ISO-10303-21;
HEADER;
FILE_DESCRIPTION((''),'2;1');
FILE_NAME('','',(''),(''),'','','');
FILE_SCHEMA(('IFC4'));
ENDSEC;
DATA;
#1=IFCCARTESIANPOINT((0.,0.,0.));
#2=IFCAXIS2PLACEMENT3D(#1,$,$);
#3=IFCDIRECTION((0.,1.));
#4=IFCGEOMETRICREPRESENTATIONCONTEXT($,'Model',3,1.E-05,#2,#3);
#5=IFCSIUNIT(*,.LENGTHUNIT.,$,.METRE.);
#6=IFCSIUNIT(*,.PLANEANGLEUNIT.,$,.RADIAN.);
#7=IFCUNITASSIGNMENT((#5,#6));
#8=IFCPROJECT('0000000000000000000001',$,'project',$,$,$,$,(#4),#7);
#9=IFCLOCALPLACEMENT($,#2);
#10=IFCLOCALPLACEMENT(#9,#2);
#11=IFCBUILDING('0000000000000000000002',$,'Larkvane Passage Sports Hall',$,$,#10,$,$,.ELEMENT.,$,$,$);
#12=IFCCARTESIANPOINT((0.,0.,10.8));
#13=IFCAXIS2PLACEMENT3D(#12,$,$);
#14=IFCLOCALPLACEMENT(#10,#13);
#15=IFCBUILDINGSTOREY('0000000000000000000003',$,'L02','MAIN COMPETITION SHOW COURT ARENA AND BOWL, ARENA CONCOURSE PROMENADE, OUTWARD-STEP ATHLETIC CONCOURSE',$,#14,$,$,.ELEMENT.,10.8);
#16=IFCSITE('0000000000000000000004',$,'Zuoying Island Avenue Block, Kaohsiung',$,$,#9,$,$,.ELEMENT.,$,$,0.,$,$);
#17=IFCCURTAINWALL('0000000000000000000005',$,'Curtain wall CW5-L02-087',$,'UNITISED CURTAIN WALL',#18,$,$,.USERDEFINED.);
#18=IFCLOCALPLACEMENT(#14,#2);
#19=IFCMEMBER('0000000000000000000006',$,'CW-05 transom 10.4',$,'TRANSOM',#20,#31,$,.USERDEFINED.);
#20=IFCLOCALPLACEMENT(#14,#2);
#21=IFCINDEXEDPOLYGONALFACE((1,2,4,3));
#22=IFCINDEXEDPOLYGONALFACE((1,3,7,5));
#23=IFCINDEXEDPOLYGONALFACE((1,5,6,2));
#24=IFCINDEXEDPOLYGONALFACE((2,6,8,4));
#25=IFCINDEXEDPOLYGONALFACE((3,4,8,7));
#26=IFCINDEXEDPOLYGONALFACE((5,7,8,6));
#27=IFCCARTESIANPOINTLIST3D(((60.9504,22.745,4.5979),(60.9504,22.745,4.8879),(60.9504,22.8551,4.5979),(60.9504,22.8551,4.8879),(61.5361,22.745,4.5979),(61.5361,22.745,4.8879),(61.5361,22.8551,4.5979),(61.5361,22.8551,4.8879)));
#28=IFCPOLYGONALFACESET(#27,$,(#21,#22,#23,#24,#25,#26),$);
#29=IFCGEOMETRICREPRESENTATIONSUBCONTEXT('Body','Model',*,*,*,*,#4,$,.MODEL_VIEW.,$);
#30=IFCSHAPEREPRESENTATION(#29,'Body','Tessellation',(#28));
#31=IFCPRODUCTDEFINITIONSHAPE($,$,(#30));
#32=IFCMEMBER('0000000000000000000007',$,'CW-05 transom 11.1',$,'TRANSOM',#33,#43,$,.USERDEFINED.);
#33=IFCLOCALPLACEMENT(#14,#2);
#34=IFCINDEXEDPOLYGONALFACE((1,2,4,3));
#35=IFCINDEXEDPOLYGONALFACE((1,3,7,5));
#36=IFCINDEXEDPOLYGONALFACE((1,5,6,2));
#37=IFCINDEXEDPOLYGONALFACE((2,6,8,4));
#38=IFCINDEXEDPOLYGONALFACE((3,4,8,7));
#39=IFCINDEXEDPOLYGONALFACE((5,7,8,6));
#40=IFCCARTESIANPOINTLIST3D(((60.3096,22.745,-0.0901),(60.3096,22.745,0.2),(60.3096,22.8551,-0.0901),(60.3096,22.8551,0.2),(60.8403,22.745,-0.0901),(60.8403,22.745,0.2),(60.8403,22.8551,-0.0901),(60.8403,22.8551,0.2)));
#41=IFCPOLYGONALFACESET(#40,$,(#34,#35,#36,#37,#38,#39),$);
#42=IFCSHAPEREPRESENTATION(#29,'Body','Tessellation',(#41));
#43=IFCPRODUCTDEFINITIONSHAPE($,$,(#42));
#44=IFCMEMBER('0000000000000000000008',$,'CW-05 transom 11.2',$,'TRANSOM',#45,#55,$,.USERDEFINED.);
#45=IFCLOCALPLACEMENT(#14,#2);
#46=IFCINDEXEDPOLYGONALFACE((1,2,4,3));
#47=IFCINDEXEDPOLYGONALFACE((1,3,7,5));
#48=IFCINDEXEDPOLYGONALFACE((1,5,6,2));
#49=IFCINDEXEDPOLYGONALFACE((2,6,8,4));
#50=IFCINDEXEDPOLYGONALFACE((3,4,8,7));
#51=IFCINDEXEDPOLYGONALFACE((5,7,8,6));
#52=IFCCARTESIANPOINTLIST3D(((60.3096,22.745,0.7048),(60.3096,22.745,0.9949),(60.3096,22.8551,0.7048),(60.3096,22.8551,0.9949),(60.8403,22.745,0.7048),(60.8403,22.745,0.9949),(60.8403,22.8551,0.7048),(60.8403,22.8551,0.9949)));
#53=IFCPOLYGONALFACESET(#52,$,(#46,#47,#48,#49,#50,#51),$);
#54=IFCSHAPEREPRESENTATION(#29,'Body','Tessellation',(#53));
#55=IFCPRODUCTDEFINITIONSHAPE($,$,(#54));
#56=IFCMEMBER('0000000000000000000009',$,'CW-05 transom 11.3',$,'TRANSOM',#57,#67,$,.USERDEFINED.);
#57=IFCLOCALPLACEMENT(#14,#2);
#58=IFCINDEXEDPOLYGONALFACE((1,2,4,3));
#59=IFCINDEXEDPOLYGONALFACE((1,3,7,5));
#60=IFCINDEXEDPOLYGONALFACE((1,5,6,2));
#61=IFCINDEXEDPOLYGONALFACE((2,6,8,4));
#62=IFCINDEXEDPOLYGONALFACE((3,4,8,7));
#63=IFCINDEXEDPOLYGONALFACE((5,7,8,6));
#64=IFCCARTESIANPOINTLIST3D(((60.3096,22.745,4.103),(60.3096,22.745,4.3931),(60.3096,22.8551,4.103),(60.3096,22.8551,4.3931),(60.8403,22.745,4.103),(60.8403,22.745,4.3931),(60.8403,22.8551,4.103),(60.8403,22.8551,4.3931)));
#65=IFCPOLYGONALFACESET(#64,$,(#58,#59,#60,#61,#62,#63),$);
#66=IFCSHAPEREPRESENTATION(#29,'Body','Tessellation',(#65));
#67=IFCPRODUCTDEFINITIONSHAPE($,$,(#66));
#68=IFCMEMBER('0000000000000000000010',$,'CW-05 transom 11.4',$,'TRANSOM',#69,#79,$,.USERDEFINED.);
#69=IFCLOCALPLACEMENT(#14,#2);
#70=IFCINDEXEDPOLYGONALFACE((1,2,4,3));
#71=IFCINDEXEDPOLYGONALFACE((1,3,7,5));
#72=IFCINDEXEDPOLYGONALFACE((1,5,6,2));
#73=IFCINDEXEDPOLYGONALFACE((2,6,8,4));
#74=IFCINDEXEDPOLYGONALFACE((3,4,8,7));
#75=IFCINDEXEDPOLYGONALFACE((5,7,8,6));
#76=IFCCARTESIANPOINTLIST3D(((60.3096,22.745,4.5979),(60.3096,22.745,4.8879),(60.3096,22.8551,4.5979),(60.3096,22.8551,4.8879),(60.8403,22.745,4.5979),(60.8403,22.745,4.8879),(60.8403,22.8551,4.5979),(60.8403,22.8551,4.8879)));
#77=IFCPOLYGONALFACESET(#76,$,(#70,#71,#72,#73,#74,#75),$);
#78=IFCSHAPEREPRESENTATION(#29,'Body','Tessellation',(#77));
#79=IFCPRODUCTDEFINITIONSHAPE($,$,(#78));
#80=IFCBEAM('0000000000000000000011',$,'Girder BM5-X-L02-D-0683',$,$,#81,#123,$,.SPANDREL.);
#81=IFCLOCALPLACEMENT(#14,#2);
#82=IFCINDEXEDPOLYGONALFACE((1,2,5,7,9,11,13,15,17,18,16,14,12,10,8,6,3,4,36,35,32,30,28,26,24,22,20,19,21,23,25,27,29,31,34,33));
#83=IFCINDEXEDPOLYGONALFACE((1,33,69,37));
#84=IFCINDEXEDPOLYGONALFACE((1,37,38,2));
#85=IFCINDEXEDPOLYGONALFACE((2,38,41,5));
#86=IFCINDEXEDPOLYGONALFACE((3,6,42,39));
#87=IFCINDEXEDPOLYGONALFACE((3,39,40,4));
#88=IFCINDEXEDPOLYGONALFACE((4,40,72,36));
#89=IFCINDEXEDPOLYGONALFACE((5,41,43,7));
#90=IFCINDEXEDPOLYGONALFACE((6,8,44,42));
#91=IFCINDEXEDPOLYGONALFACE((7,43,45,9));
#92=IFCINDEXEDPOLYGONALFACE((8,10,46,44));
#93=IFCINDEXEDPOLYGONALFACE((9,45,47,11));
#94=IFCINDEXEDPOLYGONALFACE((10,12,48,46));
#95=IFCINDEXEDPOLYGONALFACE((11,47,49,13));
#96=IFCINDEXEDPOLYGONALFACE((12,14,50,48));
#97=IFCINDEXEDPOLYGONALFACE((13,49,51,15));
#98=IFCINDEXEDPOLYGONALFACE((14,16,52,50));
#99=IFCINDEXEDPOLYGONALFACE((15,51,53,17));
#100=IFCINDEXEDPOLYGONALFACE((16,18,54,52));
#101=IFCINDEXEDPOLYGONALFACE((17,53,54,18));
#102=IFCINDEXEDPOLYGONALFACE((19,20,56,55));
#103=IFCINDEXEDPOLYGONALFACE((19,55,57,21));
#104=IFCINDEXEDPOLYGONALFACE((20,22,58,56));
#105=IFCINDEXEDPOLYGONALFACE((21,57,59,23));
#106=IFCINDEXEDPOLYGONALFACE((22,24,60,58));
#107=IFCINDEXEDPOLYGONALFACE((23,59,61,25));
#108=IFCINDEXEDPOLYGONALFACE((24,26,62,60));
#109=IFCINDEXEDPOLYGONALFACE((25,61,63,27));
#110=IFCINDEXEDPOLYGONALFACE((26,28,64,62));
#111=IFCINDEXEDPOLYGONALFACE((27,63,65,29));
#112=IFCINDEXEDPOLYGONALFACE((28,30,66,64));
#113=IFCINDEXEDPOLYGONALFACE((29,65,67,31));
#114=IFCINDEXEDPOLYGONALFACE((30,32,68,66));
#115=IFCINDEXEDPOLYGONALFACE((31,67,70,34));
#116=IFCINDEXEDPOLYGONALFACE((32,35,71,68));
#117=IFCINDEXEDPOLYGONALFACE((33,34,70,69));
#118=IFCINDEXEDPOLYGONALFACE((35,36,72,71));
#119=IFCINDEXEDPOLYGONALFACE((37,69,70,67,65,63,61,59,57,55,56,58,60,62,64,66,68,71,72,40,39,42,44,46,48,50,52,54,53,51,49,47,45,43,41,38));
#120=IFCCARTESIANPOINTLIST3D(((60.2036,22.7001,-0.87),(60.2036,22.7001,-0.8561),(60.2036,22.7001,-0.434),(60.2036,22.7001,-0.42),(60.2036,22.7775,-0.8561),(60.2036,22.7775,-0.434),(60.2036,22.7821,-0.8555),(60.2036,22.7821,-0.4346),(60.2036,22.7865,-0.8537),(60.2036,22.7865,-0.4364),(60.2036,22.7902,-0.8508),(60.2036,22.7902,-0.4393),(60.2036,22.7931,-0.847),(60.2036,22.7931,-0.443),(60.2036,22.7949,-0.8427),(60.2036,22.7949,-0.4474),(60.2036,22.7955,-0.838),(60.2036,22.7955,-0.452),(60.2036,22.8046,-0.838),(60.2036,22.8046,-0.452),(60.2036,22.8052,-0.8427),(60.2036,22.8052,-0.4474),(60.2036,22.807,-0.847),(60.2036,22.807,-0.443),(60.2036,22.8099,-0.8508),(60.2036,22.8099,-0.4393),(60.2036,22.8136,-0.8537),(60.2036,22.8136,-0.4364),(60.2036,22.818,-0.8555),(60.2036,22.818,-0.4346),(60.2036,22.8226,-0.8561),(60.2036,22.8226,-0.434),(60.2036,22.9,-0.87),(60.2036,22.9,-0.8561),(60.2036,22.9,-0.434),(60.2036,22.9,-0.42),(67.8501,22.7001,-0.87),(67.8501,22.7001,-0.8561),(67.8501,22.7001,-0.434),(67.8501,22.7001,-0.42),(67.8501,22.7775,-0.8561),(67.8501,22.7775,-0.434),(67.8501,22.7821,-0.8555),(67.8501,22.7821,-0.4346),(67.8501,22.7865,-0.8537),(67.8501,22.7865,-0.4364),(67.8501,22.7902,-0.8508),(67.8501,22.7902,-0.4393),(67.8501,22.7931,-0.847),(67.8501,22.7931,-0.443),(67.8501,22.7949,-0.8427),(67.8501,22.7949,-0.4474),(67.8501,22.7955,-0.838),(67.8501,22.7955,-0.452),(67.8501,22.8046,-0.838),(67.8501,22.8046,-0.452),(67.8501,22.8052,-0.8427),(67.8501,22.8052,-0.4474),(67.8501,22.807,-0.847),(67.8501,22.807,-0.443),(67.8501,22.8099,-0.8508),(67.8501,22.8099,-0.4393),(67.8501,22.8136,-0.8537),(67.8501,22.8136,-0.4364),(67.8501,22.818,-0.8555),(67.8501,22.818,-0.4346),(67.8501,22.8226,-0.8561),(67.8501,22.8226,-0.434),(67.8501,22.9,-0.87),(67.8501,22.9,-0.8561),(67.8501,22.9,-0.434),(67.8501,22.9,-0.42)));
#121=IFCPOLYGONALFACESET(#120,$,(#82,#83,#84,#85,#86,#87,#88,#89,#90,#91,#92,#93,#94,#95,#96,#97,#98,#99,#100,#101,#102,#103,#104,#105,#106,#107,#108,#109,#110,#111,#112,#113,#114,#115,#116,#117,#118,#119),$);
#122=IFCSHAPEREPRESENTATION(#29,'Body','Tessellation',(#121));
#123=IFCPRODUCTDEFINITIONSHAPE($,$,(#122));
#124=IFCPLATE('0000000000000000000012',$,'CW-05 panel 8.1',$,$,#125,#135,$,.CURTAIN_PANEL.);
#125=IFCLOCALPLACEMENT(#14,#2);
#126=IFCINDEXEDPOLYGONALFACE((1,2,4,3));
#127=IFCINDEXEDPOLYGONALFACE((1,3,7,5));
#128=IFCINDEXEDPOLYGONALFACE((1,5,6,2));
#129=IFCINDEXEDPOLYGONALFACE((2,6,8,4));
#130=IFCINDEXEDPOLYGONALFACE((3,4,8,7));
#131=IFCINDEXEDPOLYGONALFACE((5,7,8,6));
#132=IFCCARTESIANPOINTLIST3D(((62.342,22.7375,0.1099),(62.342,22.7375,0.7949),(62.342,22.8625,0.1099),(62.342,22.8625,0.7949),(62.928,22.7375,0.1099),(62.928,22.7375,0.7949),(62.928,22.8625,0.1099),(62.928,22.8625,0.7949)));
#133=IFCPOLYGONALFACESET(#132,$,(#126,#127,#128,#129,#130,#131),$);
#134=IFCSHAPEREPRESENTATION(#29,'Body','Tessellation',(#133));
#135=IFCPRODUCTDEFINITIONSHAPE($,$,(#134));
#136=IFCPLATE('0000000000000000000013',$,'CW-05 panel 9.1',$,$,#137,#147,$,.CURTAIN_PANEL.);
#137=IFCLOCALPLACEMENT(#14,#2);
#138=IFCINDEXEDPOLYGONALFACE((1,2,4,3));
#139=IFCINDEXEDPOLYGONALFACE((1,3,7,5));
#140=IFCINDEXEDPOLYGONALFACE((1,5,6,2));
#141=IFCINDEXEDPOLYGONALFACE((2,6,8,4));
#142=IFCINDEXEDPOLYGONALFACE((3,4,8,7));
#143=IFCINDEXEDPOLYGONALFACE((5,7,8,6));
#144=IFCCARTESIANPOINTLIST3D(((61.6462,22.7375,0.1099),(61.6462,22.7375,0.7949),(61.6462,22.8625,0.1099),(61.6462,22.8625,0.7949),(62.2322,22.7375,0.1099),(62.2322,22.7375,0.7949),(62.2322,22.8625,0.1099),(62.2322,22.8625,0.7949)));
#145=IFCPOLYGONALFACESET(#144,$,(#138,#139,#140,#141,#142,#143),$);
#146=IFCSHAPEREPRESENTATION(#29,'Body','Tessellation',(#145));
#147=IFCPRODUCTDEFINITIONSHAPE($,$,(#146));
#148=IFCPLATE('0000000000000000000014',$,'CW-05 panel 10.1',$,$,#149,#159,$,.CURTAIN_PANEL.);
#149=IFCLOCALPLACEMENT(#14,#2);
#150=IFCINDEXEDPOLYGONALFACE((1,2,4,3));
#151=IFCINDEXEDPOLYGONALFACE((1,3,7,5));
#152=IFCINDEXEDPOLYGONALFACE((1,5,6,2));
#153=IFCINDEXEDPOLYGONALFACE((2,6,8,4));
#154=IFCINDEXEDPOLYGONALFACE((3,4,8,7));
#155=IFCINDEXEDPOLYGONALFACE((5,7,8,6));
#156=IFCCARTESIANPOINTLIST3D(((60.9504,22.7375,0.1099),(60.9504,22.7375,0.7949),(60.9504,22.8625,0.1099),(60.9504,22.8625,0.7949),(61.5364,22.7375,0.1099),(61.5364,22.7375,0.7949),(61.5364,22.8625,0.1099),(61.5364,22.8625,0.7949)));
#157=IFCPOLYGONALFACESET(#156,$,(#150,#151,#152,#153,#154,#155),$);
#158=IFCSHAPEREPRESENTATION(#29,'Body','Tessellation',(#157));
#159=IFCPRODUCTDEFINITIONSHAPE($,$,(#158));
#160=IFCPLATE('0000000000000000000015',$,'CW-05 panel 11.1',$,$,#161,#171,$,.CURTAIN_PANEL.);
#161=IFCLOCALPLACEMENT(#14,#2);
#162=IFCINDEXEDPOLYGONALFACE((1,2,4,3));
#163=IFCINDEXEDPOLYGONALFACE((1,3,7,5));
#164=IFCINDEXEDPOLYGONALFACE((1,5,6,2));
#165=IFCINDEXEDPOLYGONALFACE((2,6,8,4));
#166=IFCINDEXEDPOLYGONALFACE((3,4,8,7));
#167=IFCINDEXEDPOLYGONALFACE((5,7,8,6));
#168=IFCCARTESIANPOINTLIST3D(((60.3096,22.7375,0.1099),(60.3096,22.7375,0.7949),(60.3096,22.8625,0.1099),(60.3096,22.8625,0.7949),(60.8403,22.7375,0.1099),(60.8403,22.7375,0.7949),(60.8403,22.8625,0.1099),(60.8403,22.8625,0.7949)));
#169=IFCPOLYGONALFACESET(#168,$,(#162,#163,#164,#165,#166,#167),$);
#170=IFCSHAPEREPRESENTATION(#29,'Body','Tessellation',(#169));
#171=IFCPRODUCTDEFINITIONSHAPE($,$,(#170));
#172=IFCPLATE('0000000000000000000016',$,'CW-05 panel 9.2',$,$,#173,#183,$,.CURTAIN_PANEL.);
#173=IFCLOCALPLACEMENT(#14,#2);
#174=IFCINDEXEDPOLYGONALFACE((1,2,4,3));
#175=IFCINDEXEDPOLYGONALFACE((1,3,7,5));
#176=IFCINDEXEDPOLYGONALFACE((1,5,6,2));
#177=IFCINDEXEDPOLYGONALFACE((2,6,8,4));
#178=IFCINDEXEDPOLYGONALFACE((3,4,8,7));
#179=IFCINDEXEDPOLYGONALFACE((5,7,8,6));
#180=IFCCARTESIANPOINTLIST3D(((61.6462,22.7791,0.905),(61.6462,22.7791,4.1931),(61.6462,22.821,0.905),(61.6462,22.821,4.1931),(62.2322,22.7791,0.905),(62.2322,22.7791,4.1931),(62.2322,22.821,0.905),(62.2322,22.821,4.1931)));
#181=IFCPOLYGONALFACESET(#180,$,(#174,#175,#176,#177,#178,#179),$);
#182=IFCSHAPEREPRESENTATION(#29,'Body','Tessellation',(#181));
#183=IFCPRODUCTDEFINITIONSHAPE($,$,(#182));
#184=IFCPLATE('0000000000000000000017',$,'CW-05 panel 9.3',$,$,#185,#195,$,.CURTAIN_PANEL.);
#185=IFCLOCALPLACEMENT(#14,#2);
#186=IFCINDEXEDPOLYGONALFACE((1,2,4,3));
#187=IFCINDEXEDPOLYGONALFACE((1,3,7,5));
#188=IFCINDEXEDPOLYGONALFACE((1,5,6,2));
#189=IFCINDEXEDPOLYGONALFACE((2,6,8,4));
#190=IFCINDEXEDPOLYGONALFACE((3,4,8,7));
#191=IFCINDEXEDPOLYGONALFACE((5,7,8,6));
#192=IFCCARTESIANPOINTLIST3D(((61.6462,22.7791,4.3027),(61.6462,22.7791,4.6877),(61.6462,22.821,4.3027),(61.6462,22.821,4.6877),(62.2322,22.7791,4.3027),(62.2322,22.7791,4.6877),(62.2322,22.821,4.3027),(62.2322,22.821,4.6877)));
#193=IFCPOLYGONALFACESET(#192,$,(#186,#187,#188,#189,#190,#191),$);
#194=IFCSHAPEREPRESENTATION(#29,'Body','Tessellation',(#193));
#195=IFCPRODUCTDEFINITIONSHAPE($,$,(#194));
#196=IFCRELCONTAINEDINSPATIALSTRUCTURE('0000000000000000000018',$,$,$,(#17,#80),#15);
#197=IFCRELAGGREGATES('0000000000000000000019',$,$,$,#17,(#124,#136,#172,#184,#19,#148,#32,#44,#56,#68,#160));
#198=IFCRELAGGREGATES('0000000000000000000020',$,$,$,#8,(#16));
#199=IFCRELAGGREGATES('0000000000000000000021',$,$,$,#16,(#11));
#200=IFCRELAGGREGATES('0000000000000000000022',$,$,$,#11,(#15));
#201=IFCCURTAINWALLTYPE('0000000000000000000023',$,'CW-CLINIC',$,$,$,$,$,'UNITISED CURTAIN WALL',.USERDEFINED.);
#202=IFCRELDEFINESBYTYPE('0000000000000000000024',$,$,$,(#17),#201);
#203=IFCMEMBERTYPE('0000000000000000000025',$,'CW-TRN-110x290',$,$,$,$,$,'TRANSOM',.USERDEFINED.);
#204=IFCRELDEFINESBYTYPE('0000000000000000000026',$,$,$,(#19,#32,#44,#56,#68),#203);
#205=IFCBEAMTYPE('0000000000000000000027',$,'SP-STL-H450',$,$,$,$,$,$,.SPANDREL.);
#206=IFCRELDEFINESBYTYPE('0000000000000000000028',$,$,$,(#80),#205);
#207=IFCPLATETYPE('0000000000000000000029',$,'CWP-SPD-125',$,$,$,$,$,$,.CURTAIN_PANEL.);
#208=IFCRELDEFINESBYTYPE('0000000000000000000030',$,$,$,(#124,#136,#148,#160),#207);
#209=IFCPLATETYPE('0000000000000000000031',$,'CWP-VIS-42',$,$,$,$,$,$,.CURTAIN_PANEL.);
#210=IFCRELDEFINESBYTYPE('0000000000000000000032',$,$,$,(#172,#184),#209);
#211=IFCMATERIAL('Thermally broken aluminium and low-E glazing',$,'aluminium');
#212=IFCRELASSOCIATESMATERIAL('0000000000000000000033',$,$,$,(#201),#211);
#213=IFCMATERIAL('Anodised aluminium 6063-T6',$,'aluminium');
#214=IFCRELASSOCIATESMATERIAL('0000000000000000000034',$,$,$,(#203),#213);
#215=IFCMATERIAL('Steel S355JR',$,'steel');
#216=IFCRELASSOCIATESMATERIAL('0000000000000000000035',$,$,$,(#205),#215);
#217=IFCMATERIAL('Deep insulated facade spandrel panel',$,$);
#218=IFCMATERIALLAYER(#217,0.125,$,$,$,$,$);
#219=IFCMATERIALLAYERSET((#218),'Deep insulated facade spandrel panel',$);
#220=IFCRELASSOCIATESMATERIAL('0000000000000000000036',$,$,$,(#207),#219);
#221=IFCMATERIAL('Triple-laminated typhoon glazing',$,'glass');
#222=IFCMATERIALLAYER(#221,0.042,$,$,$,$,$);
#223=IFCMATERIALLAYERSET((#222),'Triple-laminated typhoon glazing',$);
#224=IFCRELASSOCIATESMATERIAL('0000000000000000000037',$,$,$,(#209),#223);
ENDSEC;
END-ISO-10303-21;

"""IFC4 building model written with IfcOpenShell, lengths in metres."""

from ifc_helpers import new_model, si_unit, direction, frame, origin, origin_2d, place, context, subcontext, project, spatial, rectangle, i_section, extrude, material, layer, layer_set, material_profile, profile_set, type_object, element, aggregate, save


model = new_model("IFC4")

# Units and contexts
model_context = context("Model", 3, precision=1e-05, world=origin(), true_north=direction((0.0, 1.0)))
body_context = subcontext(model_context, "Body", "Model", "MODEL_VIEW")
ifc_project = project(units=[si_unit("LENGTHUNIT", "METRE"), si_unit("PLANEANGLEUNIT", "RADIAN")], contexts=[model_context])

# Site, building, storey
site_placement = place(None, origin())
site = spatial("IfcSite", under=ifc_project, at=site_placement, Name="Zuoying Island Avenue Block, Kaohsiung", CompositionType="ELEMENT", RefElevation=0.0)
building_placement = place(site_placement, origin())
building = spatial("IfcBuilding", under=site, at=building_placement, Name="Larkvane Passage Sports Hall", CompositionType="ELEMENT")
storey_placement = place(building_placement, frame((0.0, 0.0, 10.8)))
storey = spatial("IfcBuildingStorey", under=building, at=storey_placement, Name="L02", Description="MAIN COMPETITION SHOW COURT ARENA AND BOWL, ARENA CONCOURSE PROMENADE, OUTWARD-STEP ATHLETIC CONCOURSE", CompositionType="ELEMENT", Elevation=10.8)

# Shared definitions
ifc_material_1 = material(Name="Steel S355JR", Category="steel")

# Curtain wall, members
ifc_material_2 = material(Name="Thermally broken aluminium and low-E glazing", Category="aluminium")
curtain_wall_type = type_object("IfcCurtainWallType", Name="CW-CLINIC", ElementType="UNITISED CURTAIN WALL", PredefinedType="USERDEFINED", material=ifc_material_2)
curtain_wall_placement = place(storey_placement, origin())
curtain_wall = element("IfcCurtainWall", 1, at=curtain_wall_placement, inside=storey, type_object=curtain_wall_type, Name="Curtain wall CW5-L02-087", ObjectType="UNITISED CURTAIN WALL", PredefinedType="USERDEFINED")
ifc_material_3 = material(Name="Anodised aluminium 6063-T6", Category="aluminium")
ifc_material_profile_1 = material_profile(ifc_material_3, rectangle(XDim=0.1101, YDim=0.29, at=origin_2d()), Name="ALU-TRN-110x290")
ifc_profile_set_1 = profile_set([ifc_material_profile_1], Name="Anodised aluminium 6063-T6")
member_type_1 = type_object("IfcMemberType", Name="CW-TRN-110x290", ElementType="TRANSOM", PredefinedType="USERDEFINED", material=ifc_profile_set_1)
member_1_placement = place(storey_placement, frame((61.5361, 22.8, 4.7429), z_axis=(-1.0, 0.0, 0.0), x_axis=(0.0, -1.0, 0.0)))
member_1 = element("IfcMember", 2, at=member_1_placement, type_object=member_type_1, Name="CW-05 transom 10.4", ObjectType="TRANSOM", PredefinedType="USERDEFINED", context=body_context, shape_type="SweptSolid", body=[
    extrude(rectangle(XDim=0.1101, YDim=0.29, at=origin_2d()), origin(), (0.0, 0.0, 1.0), 0.5857),
])
member_2_placement = place(storey_placement, frame((60.8403, 22.8, 0.0549), z_axis=(-1.0, 0.0, 0.0), x_axis=(0.0, -1.0, 0.0)))
member_2 = element("IfcMember", 3, at=member_2_placement, type_object=member_type_1, Name="CW-05 transom 11.1", ObjectType="TRANSOM", PredefinedType="USERDEFINED", context=body_context, shape_type="SweptSolid", body=[
    extrude(rectangle(XDim=0.1101, YDim=0.29, at=origin_2d()), origin(), (0.0, 0.0, 1.0), 0.5308),
])
member_3_placement = place(storey_placement, frame((60.8403, 22.8, 0.8499), z_axis=(-1.0, 0.0, 0.0), x_axis=(0.0, -1.0, 0.0)))
member_3 = element("IfcMember", 4, at=member_3_placement, type_object=member_type_1, Name="CW-05 transom 11.2", ObjectType="TRANSOM", PredefinedType="USERDEFINED", context=body_context, shape_type="SweptSolid", body=[
    extrude(rectangle(XDim=0.1101, YDim=0.29, at=origin_2d()), origin(), (0.0, 0.0, 1.0), 0.5308),
])
member_4_placement = place(storey_placement, frame((60.8403, 22.8, 4.248), z_axis=(-1.0, 0.0, 0.0), x_axis=(0.0, -1.0, 0.0)))
member_4 = element("IfcMember", 5, at=member_4_placement, type_object=member_type_1, Name="CW-05 transom 11.3", ObjectType="TRANSOM", PredefinedType="USERDEFINED", context=body_context, shape_type="SweptSolid", body=[
    extrude(rectangle(XDim=0.1101, YDim=0.29, at=origin_2d()), origin(), (0.0, 0.0, 1.0), 0.5308),
])
member_5_placement = place(storey_placement, frame((60.8403, 22.8, 4.7429), z_axis=(-1.0, 0.0, 0.0), x_axis=(0.0, -1.0, 0.0)))
member_5 = element("IfcMember", 6, at=member_5_placement, type_object=member_type_1, Name="CW-05 transom 11.4", ObjectType="TRANSOM", PredefinedType="USERDEFINED", context=body_context, shape_type="SweptSolid", body=[
    extrude(rectangle(XDim=0.1101, YDim=0.29, at=origin_2d()), origin(), (0.0, 0.0, 1.0), 0.5308),
])

# Beam
ifc_material_profile_2 = material_profile(ifc_material_1, i_section(OverallWidth=0.2, OverallDepth=0.45, WebThickness=0.009, FlangeThickness=0.0139, FilletRadius=0.0181, at=origin_2d()), Name="H-450x200x9x14")
ifc_profile_set_2 = profile_set([ifc_material_profile_2], Name="Steel S355JR")
beam_type_1 = type_object("IfcBeamType", Name="SP-STL-H450", PredefinedType="SPANDREL", material=ifc_profile_set_2)
beam_1_placement = place(storey_placement, frame((60.2036, 22.8, -0.645), z_axis=(1.0, 0.0, 0.0), x_axis=(0.0, 1.0, 0.0)))
element("IfcBeam", 7, at=beam_1_placement, inside=storey, type_object=beam_type_1, Name="Girder BM5-X-L02-D-0683", PredefinedType="SPANDREL", context=body_context, shape_type="SweptSolid", body=[
    extrude(i_section(OverallWidth=0.2, OverallDepth=0.45, WebThickness=0.009, FlangeThickness=0.0139, FilletRadius=0.0181, at=origin_2d()), origin(), (0.0, 0.0, 1.0), 7.6465),
])

# Plates
ifc_material_4 = material(Name="Deep insulated facade spandrel panel")
ifc_layer_1 = layer(ifc_material_4, 0.125)
ifc_layer_set_1 = layer_set([ifc_layer_1], Name="Deep insulated facade spandrel panel")
plate_type_1 = type_object("IfcPlateType", Name="CWP-SPD-125", PredefinedType="CURTAIN_PANEL", material=ifc_layer_set_1)
plate_1_placement = place(storey_placement, frame((62.635, 22.8, 0.1099), z_axis=(0.0, 0.0, 1.0), x_axis=(-1.0, 0.0, 0.0)))
plate_1 = element("IfcPlate", 8, at=plate_1_placement, type_object=plate_type_1, Name="CW-05 panel 8.1", PredefinedType="CURTAIN_PANEL", context=body_context, shape_type="SweptSolid", body=[
    extrude(rectangle(XDim=0.5859, YDim=0.125, at=origin_2d()), origin(), (0.0, 0.0, 1.0), 0.6851),
])
plate_2_placement = place(storey_placement, frame((61.9392, 22.8, 0.1099), z_axis=(0.0, 0.0, 1.0), x_axis=(-1.0, 0.0, 0.0)))
plate_2 = element("IfcPlate", 9, at=plate_2_placement, type_object=plate_type_1, Name="CW-05 panel 9.1", PredefinedType="CURTAIN_PANEL", context=body_context, shape_type="SweptSolid", body=[
    extrude(rectangle(XDim=0.5859, YDim=0.125, at=origin_2d()), origin(), (0.0, 0.0, 1.0), 0.6851),
])
plate_3_placement = place(storey_placement, frame((61.2434, 22.8, 0.1099), z_axis=(0.0, 0.0, 1.0), x_axis=(-1.0, 0.0, 0.0)))
plate_3 = element("IfcPlate", 10, at=plate_3_placement, type_object=plate_type_1, Name="CW-05 panel 10.1", PredefinedType="CURTAIN_PANEL", context=body_context, shape_type="SweptSolid", body=[
    extrude(rectangle(XDim=0.5859, YDim=0.125, at=origin_2d()), origin(), (0.0, 0.0, 1.0), 0.6851),
])
plate_4_placement = place(storey_placement, frame((60.575, 22.8, 0.1099), z_axis=(0.0, 0.0, 1.0), x_axis=(-1.0, 0.0, 0.0)))
plate_4 = element("IfcPlate", 11, at=plate_4_placement, type_object=plate_type_1, Name="CW-05 panel 11.1", PredefinedType="CURTAIN_PANEL", context=body_context, shape_type="SweptSolid", body=[
    extrude(rectangle(XDim=0.5308, YDim=0.125, at=origin_2d()), origin(), (0.0, 0.0, 1.0), 0.6851),
])
ifc_material_5 = material(Name="Triple-laminated typhoon glazing", Category="glass")
ifc_layer_2 = layer(ifc_material_5, 0.042)
ifc_layer_set_2 = layer_set([ifc_layer_2], Name="Triple-laminated typhoon glazing")
plate_type_2 = type_object("IfcPlateType", Name="CWP-VIS-42", PredefinedType="CURTAIN_PANEL", material=ifc_layer_set_2)
plate_5_placement = place(storey_placement, frame((61.9392, 22.8, 0.905), z_axis=(0.0, 0.0, 1.0), x_axis=(-1.0, 0.0, 0.0)))
plate_5 = element("IfcPlate", 12, at=plate_5_placement, type_object=plate_type_2, Name="CW-05 panel 9.2", PredefinedType="CURTAIN_PANEL", context=body_context, shape_type="SweptSolid", body=[
    extrude(rectangle(XDim=0.5859, YDim=0.042, at=origin_2d()), origin(), (0.0, 0.0, 1.0), 3.2881),
])
plate_6_placement = place(storey_placement, frame((61.9392, 22.8, 4.3027), z_axis=(0.0, 0.0, 1.0), x_axis=(-1.0, 0.0, 0.0)))
plate_6 = element("IfcPlate", 13, at=plate_6_placement, type_object=plate_type_2, Name="CW-05 panel 9.3", PredefinedType="CURTAIN_PANEL", context=body_context, shape_type="SweptSolid", body=[
    extrude(rectangle(XDim=0.5859, YDim=0.042, at=origin_2d()), origin(), (0.0, 0.0, 1.0), 0.385),
])
aggregate(curtain_wall, [plate_1, plate_2, plate_5, plate_6, member_1, plate_3, member_2, member_3, member_4, member_5, plate_4])

save(model, "model.ifc")
